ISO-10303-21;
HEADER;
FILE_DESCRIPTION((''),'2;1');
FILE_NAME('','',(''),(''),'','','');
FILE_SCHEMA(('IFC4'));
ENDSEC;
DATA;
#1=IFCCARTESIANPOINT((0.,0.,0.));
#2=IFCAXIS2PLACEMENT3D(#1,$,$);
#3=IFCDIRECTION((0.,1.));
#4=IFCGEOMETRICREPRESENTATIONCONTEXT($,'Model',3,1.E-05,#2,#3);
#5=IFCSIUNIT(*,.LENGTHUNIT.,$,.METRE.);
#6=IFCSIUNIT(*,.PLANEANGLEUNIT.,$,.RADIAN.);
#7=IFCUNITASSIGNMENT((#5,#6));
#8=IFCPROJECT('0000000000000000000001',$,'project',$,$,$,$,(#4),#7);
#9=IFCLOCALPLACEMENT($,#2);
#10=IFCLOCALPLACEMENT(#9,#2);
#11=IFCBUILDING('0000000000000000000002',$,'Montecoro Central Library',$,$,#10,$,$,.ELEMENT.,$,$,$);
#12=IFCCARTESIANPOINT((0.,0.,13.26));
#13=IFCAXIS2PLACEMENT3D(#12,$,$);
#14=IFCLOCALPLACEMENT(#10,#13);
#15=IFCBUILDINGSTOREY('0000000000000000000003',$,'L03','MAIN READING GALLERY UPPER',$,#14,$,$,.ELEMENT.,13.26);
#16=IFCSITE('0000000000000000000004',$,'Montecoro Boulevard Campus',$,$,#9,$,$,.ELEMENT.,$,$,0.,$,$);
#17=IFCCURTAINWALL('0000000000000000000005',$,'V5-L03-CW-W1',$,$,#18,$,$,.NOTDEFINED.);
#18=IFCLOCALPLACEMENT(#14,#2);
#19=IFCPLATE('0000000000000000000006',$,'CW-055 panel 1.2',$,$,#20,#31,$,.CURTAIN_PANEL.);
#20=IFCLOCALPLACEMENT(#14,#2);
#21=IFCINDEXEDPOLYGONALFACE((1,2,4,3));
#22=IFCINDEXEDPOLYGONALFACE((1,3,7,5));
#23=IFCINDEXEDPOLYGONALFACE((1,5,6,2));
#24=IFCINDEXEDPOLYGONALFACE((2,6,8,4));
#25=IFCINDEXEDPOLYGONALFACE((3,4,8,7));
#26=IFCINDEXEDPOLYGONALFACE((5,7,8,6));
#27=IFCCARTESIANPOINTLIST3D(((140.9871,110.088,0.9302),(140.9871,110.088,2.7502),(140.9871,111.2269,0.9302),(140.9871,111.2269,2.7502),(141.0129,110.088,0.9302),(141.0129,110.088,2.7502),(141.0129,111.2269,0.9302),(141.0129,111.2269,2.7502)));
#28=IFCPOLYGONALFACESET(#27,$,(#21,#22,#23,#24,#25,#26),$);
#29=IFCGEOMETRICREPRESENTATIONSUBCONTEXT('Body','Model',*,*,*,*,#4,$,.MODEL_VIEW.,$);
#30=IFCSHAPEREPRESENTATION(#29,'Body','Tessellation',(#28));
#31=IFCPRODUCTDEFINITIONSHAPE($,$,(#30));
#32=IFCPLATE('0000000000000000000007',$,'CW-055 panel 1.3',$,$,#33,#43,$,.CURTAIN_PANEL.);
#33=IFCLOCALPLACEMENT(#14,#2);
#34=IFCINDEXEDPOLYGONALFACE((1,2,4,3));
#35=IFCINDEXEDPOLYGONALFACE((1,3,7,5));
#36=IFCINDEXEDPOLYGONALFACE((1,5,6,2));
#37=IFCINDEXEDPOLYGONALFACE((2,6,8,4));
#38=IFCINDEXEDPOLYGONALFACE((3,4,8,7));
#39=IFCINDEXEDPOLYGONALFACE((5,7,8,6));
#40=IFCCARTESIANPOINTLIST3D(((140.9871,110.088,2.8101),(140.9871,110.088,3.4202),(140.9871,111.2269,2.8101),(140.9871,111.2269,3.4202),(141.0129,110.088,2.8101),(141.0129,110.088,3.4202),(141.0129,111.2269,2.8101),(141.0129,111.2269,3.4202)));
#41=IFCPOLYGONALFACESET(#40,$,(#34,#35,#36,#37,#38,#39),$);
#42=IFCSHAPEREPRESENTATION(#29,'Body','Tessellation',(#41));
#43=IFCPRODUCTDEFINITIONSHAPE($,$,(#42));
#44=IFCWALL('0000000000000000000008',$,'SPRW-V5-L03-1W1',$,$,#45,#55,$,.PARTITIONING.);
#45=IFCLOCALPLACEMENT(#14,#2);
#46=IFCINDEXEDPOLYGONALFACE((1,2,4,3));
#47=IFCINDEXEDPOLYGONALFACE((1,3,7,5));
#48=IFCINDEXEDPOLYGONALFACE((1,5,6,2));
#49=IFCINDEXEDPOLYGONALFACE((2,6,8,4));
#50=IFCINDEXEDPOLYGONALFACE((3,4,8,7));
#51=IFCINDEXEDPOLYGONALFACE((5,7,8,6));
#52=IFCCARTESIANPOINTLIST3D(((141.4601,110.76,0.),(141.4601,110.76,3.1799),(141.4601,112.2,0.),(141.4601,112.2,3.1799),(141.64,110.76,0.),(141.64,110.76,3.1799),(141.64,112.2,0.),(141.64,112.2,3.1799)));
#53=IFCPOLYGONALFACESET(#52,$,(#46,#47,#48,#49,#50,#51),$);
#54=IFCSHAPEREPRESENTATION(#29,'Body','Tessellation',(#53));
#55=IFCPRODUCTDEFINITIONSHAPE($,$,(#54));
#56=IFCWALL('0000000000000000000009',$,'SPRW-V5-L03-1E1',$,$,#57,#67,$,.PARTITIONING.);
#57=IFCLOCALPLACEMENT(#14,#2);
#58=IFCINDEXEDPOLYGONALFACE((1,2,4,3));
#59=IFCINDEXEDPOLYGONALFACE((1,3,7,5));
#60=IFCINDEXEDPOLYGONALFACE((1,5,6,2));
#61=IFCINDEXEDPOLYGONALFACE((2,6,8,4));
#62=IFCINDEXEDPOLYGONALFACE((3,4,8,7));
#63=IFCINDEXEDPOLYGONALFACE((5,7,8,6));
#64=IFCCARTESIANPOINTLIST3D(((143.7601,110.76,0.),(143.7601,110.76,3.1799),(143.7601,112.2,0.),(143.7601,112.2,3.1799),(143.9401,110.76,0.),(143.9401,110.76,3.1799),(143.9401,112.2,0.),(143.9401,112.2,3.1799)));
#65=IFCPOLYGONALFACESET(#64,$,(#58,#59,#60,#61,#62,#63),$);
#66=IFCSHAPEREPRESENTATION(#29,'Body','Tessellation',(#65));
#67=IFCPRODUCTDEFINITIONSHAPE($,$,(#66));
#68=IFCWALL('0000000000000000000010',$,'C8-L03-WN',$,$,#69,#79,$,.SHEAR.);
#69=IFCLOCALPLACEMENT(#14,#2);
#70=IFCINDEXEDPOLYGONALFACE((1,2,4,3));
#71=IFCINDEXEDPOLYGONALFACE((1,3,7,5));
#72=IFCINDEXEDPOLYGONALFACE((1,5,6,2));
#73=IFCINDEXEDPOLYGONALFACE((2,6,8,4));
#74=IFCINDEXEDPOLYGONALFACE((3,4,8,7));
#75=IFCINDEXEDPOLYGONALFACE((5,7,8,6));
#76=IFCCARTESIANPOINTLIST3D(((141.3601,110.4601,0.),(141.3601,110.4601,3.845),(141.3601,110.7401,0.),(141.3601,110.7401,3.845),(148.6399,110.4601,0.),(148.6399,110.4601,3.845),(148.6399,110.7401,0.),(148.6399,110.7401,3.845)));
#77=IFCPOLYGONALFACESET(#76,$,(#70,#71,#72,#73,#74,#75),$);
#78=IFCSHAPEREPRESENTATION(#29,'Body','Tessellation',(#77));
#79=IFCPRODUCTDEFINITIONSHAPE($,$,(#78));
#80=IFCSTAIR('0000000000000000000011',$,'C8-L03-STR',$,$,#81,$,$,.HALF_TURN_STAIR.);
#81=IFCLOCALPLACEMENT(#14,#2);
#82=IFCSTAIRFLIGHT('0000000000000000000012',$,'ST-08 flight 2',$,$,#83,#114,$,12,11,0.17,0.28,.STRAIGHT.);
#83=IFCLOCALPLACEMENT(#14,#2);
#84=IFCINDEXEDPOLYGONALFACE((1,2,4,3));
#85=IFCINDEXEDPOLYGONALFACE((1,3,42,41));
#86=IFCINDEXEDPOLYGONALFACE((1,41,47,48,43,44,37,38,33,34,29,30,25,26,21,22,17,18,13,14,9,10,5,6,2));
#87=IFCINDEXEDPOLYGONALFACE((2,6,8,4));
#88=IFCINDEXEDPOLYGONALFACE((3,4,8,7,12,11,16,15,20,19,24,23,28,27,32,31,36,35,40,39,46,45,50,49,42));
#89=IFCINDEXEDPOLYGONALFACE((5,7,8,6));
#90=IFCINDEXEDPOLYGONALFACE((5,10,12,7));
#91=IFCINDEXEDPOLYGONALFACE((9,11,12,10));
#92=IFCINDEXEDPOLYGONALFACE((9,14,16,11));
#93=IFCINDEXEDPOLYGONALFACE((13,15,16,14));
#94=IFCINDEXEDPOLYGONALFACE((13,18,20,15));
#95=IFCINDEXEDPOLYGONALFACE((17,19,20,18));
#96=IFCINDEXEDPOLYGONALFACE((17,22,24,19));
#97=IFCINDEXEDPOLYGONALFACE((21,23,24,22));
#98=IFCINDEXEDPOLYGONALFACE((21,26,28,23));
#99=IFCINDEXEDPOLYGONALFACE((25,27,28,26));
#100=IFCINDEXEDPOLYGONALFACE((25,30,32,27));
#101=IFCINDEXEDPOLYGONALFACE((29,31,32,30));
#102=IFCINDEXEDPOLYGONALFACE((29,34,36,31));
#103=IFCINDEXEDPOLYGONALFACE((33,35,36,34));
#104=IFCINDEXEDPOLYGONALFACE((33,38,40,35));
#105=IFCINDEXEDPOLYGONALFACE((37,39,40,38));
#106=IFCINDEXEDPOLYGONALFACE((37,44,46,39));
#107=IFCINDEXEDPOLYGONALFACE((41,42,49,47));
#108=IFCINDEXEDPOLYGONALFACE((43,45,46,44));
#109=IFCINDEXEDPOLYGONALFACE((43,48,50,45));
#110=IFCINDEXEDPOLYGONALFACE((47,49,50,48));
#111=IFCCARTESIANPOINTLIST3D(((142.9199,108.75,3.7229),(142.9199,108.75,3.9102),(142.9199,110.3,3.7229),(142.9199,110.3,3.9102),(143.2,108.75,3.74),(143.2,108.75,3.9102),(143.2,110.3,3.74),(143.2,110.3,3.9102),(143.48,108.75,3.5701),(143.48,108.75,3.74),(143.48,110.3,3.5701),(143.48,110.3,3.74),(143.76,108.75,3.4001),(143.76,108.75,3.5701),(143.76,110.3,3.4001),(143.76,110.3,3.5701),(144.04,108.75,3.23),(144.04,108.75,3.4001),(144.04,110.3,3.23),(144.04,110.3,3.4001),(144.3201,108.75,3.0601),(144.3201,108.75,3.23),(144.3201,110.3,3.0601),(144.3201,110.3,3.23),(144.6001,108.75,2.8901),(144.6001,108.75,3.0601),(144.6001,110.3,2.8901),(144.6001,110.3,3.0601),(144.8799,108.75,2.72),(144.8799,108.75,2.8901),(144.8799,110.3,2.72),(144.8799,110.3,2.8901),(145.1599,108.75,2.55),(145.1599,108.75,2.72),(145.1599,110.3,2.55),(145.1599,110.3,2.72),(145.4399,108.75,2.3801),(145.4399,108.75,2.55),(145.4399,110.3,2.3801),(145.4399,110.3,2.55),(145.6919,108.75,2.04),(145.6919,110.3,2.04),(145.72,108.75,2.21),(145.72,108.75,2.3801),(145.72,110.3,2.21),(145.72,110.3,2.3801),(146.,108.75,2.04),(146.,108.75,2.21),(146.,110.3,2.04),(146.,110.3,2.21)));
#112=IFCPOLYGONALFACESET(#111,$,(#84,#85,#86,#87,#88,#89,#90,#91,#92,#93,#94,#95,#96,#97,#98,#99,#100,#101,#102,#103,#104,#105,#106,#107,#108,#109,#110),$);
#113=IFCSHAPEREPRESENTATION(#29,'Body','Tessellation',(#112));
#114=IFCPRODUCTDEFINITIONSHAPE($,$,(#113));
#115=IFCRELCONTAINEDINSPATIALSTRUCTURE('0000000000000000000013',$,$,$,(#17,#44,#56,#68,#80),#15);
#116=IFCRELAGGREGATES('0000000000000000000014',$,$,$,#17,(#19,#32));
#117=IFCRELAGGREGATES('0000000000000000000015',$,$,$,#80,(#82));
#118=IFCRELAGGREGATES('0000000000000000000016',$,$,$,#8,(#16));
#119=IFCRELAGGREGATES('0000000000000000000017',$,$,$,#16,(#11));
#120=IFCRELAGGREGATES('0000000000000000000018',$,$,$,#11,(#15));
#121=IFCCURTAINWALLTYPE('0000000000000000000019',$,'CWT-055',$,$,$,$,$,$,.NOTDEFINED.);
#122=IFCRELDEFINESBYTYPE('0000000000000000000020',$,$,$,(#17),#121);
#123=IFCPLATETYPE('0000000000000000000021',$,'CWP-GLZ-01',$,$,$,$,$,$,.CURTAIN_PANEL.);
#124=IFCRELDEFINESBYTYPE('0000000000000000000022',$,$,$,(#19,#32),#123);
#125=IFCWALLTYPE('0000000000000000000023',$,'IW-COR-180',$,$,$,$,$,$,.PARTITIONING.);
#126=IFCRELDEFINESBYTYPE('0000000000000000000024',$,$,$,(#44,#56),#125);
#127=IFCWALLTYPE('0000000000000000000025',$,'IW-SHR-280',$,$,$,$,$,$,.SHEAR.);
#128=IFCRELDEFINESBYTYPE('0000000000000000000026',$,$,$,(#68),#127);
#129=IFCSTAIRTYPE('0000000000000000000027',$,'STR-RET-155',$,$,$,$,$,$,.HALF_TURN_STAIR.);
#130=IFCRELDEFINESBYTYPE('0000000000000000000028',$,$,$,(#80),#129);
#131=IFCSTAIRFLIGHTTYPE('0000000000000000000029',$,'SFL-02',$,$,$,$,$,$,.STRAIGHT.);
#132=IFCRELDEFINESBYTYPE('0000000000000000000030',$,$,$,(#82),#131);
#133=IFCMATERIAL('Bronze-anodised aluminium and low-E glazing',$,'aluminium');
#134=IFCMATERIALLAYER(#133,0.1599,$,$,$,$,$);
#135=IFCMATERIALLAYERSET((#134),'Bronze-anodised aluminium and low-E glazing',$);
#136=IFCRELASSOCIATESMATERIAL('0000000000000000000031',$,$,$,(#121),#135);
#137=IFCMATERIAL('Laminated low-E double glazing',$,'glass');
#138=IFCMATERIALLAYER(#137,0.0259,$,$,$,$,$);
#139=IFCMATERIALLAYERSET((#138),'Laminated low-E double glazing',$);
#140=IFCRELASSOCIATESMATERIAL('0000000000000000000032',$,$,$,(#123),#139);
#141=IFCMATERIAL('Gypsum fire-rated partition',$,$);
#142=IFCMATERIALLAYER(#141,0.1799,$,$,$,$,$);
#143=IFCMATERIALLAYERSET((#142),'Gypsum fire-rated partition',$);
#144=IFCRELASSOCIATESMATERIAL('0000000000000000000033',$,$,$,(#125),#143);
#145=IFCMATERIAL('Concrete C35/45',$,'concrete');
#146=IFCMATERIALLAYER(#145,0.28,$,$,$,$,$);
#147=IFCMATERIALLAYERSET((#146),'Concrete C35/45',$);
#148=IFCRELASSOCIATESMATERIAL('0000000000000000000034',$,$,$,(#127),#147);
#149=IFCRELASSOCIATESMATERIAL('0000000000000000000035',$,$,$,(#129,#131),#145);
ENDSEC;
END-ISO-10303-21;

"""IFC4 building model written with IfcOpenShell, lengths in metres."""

from ifc_helpers import new_model, si_unit, direction, frame, frame_2d, origin, origin_2d, place, context, subcontext, project, spatial, polyline, rectangle, outline, extrude, material, layer, layer_set, type_object, element, aggregate, save


model = new_model("IFC4")

# Units and contexts
model_context = context("Model", 3, precision=1e-05, world=origin(), true_north=direction((0.0, 1.0)))
body_context = subcontext(model_context, "Body", "Model", "MODEL_VIEW")
ifc_project = project(units=[si_unit("LENGTHUNIT", "METRE"), si_unit("PLANEANGLEUNIT", "RADIAN")], contexts=[model_context])

# Site, building, storey
site_placement = place(None, origin())
site = spatial("IfcSite", under=ifc_project, at=site_placement, Name="Montecoro Boulevard Campus", CompositionType="ELEMENT", RefElevation=0.0)
building_placement = place(site_placement, origin())
building = spatial("IfcBuilding", under=site, at=building_placement, Name="Montecoro Central Library", CompositionType="ELEMENT")
storey_placement = place(building_placement, frame((0.0, 0.0, 13.26)))
storey = spatial("IfcBuildingStorey", under=building, at=storey_placement, Name="L03", Description="MAIN READING GALLERY UPPER", CompositionType="ELEMENT", Elevation=13.26)

# Curtain wall, plates
ifc_material_1 = material(Name="Bronze-anodised aluminium and low-E glazing", Category="aluminium")
ifc_layer_1 = layer(ifc_material_1, 0.1599)
ifc_layer_set_1 = layer_set([ifc_layer_1], Name="Bronze-anodised aluminium and low-E glazing")
curtain_wall_type = type_object("IfcCurtainWallType", Name="CWT-055", PredefinedType="NOTDEFINED", material=ifc_layer_set_1)
curtain_wall_placement = place(storey_placement, origin())
curtain_wall = element("IfcCurtainWall", 1, at=curtain_wall_placement, inside=storey, type_object=curtain_wall_type, Name="V5-L03-CW-W1", PredefinedType="NOTDEFINED")
ifc_material_2 = material(Name="Laminated low-E double glazing", Category="glass")
ifc_layer_2 = layer(ifc_material_2, 0.0259)
ifc_layer_set_2 = layer_set([ifc_layer_2], Name="Laminated low-E double glazing")
plate_type = type_object("IfcPlateType", Name="CWP-GLZ-01", PredefinedType="CURTAIN_PANEL", material=ifc_layer_set_2)
plate_1_placement = place(storey_placement, frame((141.0, 110.6575, 0.9302), z_axis=(0.0, 0.0, 1.0), x_axis=(0.0, -1.0, 0.0)))
plate_1 = element("IfcPlate", 2, at=plate_1_placement, type_object=plate_type, Name="CW-055 panel 1.2", PredefinedType="CURTAIN_PANEL", context=body_context, shape_type="SweptSolid", body=[
    extrude(rectangle(XDim=1.1389, YDim=0.0259, at=origin_2d()), origin(), (0.0, 0.0, 1.0), 1.8201),
])
plate_2_placement = place(storey_placement, frame((141.0, 110.6575, 2.8101), z_axis=(0.0, 0.0, 1.0), x_axis=(0.0, -1.0, 0.0)))
plate_2 = element("IfcPlate", 3, at=plate_2_placement, type_object=plate_type, Name="CW-055 panel 1.3", PredefinedType="CURTAIN_PANEL", context=body_context, shape_type="SweptSolid", body=[
    extrude(rectangle(XDim=1.1389, YDim=0.0259, at=origin_2d()), origin(), (0.0, 0.0, 1.0), 0.6101),
])
aggregate(curtain_wall, [plate_1, plate_2])

# Walls
ifc_material_3 = material(Name="Gypsum fire-rated partition")
ifc_layer_3 = layer(ifc_material_3, 0.1799)
ifc_layer_set_3 = layer_set([ifc_layer_3], Name="Gypsum fire-rated partition")
wall_type_1 = type_object("IfcWallType", Name="IW-COR-180", PredefinedType="PARTITIONING", material=ifc_layer_set_3)
for number, where, z_axis, x_axis, name in (
    (4, (141.55, 110.76, 0.0), (0.0, 0.0, 1.0), (0.0, 1.0, 0.0), "SPRW-V5-L03-1W1"),
    (5, (143.8501, 110.76, 0.0), (0.0, 0.0, 1.0), (0.0, 1.0, 0.0), "SPRW-V5-L03-1E1"),
):
    element("IfcWall", number, at=place(storey_placement, frame(where, z_axis=z_axis, x_axis=x_axis)), inside=storey, type_object=wall_type_1, Name=name, PredefinedType="PARTITIONING", context=body_context, shape_type="SweptSolid", body=[
        extrude(rectangle(XDim=1.4399, YDim=0.1799, at=frame_2d((0.72, 0.0))), origin(), (0.0, 0.0, 1.0), 3.1799),
    ])
ifc_material_4 = material(Name="Concrete C35/45", Category="concrete")
ifc_layer_4 = layer(ifc_material_4, 0.28)
ifc_layer_set_4 = layer_set([ifc_layer_4], Name="Concrete C35/45")
wall_type_2 = type_object("IfcWallType", Name="IW-SHR-280", PredefinedType="SHEAR", material=ifc_layer_set_4)
wall_placement = place(storey_placement, frame((141.3601, 110.6001, 0.0), z_axis=(0.0, 0.0, 1.0), x_axis=(1.0, 0.0, 0.0)))
element("IfcWall", 6, at=wall_placement, inside=storey, type_object=wall_type_2, Name="C8-L03-WN", PredefinedType="SHEAR", context=body_context, shape_type="SweptSolid", body=[
    extrude(rectangle(XDim=7.2798, YDim=0.28, at=frame_2d((3.6399, 0.0))), origin(), (0.0, 0.0, 1.0), 3.845),
])

# Stair, stair flight
stair_type = type_object("IfcStairType", Name="STR-RET-155", PredefinedType="HALF_TURN_STAIR", material=ifc_material_4)
stair_placement = place(storey_placement, origin())
stair = element("IfcStair", 7, at=stair_placement, inside=storey, type_object=stair_type, Name="C8-L03-STR", PredefinedType="HALF_TURN_STAIR")
stair_flight_type = type_object("IfcStairFlightType", Name="SFL-02", PredefinedType="STRAIGHT", material=ifc_material_4)
stair_flight_placement = place(storey_placement, frame((146.0, 109.5249, 2.04), z_axis=(0.0, 0.0, 1.0), x_axis=(-1.0, 0.0, 0.0)))
stair_flight = element("IfcStairFlight", 8, at=stair_flight_placement, type_object=stair_flight_type, Name="ST-08 flight 2", NumberOfRisers=12, NumberOfTreads=11, PredefinedType="STRAIGHT", RiserHeight=0.17, TreadLength=0.28, context=body_context, shape_type="SweptSolid", body=[
    extrude(outline(polyline([(0.0, 0.0), (0.0, 0.1699), (0.28, 0.1699), (0.28, 0.3401), (0.5601, 0.3401), (0.5601, 0.51), (0.8401, 0.51), (0.8401, 0.6799), (1.1201, 0.6799), (1.1201, 0.8501), (1.3999, 0.8501), (1.3999, 1.02), (1.6799, 1.02), (1.6799, 1.1899), (1.96, 1.1899), (1.96, 1.3601), (2.24, 1.3601), (2.24, 1.53), (2.52, 1.53), (2.52, 1.7), (2.8, 1.7), (2.8, 1.8701), (3.0801, 1.8701), (3.0801, 2.04), (3.0801, 1.6829), (0.3081, 0.0), (0.0, 0.0)])), frame((0.0, 0.7749, 0.0), z_axis=(0.0, -1.0, 0.0), x_axis=(1.0, 0.0, 0.0)), (0.0, 0.0, 1.0), 1.55),
])
aggregate(stair, [stair_flight])

save(model, "model.ifc")
